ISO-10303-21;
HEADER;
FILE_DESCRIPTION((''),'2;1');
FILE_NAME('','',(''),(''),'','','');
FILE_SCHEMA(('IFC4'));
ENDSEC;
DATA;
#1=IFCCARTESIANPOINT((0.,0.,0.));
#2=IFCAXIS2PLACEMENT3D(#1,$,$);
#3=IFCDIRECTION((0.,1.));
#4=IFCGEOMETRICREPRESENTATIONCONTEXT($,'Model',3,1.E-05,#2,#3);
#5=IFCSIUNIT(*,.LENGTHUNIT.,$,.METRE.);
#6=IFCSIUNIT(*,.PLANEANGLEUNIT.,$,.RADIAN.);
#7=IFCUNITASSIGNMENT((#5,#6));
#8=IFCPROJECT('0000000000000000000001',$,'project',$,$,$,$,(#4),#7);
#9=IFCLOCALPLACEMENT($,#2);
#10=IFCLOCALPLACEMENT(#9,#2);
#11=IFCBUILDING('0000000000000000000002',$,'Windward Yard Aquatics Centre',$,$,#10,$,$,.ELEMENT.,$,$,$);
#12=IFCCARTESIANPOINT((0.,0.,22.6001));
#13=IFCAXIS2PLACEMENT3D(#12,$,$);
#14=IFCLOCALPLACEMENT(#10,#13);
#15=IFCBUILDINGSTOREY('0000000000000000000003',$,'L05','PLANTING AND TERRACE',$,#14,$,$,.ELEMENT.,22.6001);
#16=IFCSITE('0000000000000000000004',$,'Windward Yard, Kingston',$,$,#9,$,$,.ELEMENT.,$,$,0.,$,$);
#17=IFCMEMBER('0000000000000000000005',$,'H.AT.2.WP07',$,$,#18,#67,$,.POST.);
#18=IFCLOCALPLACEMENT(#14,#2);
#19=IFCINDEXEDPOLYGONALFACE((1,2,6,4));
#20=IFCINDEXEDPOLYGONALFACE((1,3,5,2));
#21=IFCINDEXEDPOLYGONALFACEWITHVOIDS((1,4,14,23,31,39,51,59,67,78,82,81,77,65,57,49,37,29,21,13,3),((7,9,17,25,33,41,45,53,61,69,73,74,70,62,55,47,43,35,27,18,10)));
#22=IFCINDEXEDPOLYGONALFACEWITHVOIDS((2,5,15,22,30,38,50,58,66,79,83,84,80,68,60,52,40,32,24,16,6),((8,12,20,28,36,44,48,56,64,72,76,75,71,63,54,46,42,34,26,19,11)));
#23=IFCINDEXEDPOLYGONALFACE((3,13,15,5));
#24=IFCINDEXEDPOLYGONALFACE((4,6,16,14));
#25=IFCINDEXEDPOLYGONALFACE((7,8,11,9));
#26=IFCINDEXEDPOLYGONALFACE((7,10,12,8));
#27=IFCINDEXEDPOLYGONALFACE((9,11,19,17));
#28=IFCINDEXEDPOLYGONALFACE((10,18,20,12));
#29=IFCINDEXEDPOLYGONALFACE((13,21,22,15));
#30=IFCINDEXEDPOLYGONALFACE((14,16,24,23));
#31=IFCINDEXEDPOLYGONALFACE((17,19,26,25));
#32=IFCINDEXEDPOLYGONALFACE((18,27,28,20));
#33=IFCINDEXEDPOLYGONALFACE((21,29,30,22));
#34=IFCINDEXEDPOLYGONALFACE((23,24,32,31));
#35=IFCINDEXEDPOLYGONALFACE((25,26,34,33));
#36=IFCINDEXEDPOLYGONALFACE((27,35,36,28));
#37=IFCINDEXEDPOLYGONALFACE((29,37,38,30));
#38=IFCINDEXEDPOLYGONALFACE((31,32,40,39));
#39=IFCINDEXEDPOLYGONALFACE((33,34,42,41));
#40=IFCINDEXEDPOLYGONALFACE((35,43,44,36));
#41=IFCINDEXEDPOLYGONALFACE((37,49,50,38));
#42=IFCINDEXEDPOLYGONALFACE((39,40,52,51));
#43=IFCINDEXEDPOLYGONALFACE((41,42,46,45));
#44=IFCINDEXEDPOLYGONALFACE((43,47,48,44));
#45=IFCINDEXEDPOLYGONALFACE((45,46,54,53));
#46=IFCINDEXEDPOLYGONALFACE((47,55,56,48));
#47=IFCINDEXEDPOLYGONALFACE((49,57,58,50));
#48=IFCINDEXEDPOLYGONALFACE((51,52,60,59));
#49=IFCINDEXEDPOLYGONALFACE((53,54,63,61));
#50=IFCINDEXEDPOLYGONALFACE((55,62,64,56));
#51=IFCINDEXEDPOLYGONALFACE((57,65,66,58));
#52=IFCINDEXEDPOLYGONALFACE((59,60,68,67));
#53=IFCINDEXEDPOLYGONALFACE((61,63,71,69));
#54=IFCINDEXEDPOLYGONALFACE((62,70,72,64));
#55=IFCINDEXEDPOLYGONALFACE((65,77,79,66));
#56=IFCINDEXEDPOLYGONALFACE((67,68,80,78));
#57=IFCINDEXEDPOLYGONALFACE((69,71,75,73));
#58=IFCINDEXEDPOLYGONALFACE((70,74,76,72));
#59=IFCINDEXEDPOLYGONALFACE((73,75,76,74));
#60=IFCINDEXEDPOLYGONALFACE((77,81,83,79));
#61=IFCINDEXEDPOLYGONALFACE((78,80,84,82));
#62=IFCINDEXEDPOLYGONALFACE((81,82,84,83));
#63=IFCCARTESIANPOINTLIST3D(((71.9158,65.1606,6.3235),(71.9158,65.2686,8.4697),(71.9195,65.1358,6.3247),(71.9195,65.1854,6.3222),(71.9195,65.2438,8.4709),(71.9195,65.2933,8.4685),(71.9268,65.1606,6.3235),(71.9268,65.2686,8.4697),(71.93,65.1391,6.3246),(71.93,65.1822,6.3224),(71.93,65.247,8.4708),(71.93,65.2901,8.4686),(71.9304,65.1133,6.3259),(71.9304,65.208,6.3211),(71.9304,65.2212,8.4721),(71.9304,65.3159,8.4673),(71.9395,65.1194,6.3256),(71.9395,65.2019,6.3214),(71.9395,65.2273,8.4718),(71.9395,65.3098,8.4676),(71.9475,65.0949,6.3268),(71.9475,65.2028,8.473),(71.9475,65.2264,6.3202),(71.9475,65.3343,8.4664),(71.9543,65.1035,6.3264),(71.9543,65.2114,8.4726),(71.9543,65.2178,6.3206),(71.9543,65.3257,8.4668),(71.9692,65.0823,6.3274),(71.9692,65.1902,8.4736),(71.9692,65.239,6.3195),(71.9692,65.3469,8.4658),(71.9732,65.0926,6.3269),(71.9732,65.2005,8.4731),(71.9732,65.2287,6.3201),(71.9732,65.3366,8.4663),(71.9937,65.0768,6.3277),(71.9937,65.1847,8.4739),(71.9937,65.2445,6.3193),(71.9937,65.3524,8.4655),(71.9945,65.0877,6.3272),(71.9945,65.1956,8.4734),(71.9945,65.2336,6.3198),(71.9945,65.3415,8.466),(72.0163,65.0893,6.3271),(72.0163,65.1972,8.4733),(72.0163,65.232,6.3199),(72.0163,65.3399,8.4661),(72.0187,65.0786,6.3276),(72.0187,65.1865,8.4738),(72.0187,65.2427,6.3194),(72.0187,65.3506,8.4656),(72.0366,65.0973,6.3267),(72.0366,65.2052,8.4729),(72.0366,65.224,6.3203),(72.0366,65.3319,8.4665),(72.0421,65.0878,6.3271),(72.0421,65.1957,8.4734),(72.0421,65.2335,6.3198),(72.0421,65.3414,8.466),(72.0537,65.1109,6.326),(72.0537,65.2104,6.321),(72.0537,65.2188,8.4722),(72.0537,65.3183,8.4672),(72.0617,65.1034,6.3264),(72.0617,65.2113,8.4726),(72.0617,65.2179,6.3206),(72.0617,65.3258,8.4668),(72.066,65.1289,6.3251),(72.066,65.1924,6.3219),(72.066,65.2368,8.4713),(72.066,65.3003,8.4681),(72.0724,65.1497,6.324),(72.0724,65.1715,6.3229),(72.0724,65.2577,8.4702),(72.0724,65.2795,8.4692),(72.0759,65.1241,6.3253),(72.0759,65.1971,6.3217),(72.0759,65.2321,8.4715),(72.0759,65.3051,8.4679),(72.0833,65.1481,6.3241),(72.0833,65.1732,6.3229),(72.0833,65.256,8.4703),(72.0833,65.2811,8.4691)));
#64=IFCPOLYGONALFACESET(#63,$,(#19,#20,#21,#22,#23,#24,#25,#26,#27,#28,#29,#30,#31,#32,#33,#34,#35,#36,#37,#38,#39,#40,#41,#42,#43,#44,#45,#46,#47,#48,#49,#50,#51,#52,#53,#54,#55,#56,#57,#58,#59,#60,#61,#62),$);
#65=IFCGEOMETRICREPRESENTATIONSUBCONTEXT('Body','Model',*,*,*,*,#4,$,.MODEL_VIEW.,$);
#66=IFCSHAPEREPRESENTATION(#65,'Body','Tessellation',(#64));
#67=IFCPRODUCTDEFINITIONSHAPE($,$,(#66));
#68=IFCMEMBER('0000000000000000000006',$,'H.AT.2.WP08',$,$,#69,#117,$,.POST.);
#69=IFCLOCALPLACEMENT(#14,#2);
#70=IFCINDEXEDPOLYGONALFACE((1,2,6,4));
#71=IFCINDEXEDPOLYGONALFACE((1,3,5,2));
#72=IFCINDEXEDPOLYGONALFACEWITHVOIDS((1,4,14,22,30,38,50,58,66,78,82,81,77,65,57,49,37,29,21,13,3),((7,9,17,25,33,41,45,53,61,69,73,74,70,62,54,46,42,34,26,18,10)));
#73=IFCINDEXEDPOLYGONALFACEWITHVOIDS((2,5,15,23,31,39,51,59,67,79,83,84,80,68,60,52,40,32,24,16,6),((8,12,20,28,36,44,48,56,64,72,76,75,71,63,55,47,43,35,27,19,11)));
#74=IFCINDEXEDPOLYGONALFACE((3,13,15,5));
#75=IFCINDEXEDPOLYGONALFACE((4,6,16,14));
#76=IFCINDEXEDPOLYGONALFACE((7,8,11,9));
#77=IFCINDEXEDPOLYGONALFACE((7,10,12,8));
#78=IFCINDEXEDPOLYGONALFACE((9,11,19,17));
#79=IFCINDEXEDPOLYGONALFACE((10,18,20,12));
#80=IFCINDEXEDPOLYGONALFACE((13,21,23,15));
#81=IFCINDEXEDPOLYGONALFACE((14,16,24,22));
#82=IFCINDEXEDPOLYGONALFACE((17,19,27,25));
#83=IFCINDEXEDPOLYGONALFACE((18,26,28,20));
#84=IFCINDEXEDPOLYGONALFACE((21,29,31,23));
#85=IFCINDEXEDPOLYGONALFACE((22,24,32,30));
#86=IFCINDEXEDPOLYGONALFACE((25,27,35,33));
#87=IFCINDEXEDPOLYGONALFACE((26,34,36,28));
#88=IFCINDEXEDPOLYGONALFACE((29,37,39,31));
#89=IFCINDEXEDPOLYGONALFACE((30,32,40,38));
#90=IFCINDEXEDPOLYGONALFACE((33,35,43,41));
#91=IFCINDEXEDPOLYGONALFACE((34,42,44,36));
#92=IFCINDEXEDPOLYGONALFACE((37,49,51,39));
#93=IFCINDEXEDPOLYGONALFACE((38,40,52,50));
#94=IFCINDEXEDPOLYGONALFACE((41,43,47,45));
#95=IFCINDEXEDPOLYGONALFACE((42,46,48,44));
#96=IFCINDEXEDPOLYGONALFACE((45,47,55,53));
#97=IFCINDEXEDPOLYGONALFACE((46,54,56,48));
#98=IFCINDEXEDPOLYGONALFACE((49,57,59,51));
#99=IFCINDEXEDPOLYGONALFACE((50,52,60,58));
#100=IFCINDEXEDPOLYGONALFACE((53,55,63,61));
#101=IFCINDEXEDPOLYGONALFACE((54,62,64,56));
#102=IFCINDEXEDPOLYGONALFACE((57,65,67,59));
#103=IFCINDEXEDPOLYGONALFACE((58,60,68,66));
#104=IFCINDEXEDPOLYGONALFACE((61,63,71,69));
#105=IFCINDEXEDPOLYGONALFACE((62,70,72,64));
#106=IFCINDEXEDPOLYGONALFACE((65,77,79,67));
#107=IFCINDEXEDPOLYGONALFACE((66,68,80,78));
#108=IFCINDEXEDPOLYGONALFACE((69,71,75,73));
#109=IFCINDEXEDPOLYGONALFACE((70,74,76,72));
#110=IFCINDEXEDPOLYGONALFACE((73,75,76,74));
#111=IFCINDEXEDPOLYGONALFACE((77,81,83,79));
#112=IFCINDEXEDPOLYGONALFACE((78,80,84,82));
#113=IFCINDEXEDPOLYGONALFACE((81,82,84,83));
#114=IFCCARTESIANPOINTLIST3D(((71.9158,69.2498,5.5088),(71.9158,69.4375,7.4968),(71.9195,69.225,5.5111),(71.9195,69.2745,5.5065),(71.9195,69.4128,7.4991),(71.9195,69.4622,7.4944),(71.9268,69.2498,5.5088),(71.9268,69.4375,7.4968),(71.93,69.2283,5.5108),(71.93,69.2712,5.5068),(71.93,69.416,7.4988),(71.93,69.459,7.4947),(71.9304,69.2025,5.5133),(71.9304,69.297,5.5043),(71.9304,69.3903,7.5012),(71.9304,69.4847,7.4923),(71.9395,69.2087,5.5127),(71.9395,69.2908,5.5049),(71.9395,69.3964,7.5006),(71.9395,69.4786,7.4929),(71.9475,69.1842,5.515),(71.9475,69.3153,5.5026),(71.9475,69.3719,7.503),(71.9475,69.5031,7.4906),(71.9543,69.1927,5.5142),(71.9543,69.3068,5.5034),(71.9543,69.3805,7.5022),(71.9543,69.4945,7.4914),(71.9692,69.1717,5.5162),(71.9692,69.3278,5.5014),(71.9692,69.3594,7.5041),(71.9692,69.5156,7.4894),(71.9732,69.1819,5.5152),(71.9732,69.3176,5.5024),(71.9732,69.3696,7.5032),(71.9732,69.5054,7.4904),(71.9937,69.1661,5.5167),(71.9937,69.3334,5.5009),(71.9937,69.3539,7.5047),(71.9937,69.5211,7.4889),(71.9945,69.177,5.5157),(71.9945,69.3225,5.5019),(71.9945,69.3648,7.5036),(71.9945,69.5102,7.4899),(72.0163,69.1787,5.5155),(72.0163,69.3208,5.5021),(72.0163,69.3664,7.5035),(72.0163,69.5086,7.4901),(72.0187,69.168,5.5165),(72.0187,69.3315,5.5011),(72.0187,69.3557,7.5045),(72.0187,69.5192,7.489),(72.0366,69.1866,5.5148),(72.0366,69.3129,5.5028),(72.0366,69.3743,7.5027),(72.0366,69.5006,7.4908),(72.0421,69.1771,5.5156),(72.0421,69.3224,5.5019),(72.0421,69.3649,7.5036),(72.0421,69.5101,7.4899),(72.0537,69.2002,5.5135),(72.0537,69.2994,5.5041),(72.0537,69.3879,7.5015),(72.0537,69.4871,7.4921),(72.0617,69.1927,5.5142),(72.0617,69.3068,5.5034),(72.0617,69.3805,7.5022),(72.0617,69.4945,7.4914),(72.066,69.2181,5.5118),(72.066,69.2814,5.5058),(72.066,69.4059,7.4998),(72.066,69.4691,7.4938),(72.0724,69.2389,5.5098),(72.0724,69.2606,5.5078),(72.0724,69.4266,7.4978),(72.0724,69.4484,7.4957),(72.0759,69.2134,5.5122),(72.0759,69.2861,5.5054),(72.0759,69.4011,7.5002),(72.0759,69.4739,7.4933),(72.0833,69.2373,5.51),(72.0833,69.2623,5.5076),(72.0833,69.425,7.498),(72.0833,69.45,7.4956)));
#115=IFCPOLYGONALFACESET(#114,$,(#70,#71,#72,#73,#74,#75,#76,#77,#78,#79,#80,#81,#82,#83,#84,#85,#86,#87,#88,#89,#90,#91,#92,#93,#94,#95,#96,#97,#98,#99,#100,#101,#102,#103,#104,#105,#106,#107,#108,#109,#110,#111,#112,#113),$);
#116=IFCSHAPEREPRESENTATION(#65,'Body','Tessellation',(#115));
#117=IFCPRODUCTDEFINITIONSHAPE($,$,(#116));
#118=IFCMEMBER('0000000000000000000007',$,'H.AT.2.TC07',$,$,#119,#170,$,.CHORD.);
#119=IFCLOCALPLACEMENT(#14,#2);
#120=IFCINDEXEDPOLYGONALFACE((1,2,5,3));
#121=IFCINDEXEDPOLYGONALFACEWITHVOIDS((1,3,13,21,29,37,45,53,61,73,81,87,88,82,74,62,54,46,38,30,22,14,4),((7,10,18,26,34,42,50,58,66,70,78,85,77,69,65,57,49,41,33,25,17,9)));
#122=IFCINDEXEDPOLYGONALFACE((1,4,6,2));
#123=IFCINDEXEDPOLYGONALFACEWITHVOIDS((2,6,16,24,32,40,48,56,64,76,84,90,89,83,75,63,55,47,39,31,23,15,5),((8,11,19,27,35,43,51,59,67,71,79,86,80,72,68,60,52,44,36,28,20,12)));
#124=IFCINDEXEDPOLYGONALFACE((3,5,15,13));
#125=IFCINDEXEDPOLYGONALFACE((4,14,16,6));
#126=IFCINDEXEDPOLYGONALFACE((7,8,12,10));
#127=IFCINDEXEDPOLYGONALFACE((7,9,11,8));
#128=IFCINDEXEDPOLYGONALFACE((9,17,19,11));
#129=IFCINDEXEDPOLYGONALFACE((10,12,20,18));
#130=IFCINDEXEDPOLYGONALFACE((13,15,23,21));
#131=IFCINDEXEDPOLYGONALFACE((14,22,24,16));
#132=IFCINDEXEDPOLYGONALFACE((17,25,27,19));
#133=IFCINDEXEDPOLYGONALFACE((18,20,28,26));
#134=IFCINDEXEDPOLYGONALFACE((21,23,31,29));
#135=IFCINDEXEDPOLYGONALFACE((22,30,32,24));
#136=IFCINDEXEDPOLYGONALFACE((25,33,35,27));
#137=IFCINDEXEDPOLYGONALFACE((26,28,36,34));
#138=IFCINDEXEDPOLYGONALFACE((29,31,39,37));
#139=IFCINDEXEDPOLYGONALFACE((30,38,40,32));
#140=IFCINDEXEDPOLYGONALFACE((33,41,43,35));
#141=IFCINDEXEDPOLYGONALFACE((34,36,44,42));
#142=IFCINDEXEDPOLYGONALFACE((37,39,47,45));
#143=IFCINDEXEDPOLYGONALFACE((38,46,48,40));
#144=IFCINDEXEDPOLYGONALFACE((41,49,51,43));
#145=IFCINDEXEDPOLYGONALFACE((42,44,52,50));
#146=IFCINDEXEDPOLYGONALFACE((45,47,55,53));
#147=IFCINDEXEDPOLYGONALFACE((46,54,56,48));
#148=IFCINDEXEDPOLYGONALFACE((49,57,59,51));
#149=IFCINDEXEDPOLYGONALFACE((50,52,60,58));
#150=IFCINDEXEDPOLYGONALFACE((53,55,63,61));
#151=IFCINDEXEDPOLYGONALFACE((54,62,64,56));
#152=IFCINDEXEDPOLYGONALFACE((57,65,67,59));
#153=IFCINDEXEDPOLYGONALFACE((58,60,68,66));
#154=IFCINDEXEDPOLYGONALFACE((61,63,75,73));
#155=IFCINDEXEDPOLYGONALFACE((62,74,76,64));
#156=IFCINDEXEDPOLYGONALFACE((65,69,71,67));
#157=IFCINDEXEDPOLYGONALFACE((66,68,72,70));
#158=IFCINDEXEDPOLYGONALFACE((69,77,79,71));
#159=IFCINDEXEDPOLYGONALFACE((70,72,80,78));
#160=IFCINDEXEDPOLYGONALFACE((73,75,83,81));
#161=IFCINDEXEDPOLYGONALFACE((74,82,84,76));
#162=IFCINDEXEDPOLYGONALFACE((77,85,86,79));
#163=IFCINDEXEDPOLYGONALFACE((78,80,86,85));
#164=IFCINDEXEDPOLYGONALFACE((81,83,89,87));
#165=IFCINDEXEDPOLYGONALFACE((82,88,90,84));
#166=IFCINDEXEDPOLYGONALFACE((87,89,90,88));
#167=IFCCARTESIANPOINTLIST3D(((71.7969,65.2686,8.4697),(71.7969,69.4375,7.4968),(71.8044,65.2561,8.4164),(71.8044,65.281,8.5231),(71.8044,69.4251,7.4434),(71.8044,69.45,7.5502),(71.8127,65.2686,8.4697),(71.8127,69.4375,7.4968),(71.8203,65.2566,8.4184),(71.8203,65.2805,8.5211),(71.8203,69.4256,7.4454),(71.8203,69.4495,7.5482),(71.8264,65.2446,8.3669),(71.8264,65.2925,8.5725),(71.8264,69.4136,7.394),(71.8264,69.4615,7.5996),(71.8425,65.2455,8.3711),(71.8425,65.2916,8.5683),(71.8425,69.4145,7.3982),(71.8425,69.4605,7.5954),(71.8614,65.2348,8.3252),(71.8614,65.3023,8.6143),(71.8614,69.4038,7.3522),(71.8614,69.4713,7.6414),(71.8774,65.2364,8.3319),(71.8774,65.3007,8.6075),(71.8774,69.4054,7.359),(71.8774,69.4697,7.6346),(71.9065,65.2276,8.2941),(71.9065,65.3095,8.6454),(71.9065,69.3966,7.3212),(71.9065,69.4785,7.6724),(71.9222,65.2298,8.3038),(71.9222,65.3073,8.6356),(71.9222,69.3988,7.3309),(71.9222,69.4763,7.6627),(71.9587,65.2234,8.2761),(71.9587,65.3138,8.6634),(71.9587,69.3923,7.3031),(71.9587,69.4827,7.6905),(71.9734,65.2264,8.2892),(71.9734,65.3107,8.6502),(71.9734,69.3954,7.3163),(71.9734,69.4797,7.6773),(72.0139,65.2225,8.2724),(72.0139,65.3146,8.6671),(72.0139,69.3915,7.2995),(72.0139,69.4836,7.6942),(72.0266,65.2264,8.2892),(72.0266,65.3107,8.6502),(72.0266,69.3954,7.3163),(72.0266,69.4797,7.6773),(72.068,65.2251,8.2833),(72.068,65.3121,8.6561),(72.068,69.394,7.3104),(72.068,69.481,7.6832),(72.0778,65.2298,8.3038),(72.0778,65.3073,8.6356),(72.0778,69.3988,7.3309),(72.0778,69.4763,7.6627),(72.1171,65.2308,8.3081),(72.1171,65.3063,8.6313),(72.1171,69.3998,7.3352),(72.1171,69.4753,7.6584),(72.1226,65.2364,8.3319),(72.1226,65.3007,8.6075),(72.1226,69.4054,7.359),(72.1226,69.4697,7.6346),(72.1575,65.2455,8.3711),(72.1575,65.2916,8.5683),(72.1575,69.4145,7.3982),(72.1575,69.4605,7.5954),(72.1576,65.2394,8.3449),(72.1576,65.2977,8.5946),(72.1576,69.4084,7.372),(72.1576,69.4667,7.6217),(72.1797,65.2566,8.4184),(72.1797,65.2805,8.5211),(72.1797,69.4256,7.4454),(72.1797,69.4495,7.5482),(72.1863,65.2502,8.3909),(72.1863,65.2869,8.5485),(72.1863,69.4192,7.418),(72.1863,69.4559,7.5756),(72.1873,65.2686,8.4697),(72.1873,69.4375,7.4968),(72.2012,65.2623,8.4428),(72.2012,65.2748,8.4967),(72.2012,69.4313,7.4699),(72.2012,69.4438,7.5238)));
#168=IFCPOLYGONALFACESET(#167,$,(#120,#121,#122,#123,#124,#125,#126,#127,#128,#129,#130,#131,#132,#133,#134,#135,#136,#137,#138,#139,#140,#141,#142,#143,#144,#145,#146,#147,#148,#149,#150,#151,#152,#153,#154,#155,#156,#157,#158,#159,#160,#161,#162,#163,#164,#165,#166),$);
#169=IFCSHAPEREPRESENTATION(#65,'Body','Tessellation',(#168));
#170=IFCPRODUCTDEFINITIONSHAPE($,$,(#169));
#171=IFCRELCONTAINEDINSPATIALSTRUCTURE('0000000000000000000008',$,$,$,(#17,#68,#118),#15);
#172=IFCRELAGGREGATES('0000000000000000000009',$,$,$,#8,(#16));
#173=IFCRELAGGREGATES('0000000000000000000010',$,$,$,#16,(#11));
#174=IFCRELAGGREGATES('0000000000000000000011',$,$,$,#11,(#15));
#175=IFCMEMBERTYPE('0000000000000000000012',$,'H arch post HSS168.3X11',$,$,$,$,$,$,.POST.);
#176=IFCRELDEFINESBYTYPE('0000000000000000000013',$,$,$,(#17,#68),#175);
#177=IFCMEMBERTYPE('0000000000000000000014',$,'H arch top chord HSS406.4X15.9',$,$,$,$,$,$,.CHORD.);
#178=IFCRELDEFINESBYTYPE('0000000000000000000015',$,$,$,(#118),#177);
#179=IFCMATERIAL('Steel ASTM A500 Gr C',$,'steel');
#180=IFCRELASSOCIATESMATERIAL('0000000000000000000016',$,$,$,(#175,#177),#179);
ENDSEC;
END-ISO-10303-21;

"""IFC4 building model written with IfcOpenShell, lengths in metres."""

from ifc_helpers import new_model, si_unit, direction, frame, origin, origin_2d, place, context, subcontext, project, spatial, hollow_circle, extrude, material, material_profile, profile_set, type_object, element, save


model = new_model("IFC4")

# Units and contexts
model_context = context("Model", 3, precision=1e-05, world=origin(), true_north=direction((0.0, 1.0)))
body_context = subcontext(model_context, "Body", "Model", "MODEL_VIEW")
ifc_project = project(units=[si_unit("LENGTHUNIT", "METRE"), si_unit("PLANEANGLEUNIT", "RADIAN")], contexts=[model_context])

# Site, building, storey
site_placement = place(None, origin())
site = spatial("IfcSite", under=ifc_project, at=site_placement, Name="Windward Yard, Kingston", CompositionType="ELEMENT", RefElevation=0.0)
building_placement = place(site_placement, origin())
building = spatial("IfcBuilding", under=site, at=building_placement, Name="Windward Yard Aquatics Centre", CompositionType="ELEMENT")
storey_placement = place(building_placement, frame((0.0, 0.0, 22.6001)))
storey = spatial("IfcBuildingStorey", under=building, at=storey_placement, Name="L05", Description="PLANTING AND TERRACE", CompositionType="ELEMENT", Elevation=22.6001)

# Members
ifc_material_1 = material(Name="Steel ASTM A500 Gr C", Category="steel")
ifc_material_profile_1 = material_profile(ifc_material_1, hollow_circle(Radius=0.0842, WallThickness=0.011, at=origin_2d()), Name="HSS168.3X11")
ifc_profile_set_1 = profile_set([ifc_material_profile_1], Name="Steel ASTM A500 Gr C")
member_type_1 = type_object("IfcMemberType", Name="H arch post HSS168.3X11", PredefinedType="POST", material=ifc_profile_set_1)
member_1_placement = place(storey_placement, frame((72.0, 65.1606, 6.3235), z_axis=(0.0, 0.050215, 0.998738), x_axis=(-1.0, 0.0, 0.0)))
element("IfcMember", 1, at=member_1_placement, inside=storey, type_object=member_type_1, Name="H.AT.2.WP07", PredefinedType="POST", context=body_context, shape_type="SweptSolid", body=[
    extrude(hollow_circle(Radius=0.0842, WallThickness=0.011, at=origin_2d()), origin(), (0.0, 0.0, 1.0), 2.1489),
])
member_2_placement = place(storey_placement, frame((72.0, 69.2498, 5.5088), z_axis=(0.0, 0.094019, 0.99557), x_axis=(-1.0, 0.0, 0.0)))
element("IfcMember", 2, at=member_2_placement, inside=storey, type_object=member_type_1, Name="H.AT.2.WP08", PredefinedType="POST", context=body_context, shape_type="SweptSolid", body=[
    extrude(hollow_circle(Radius=0.0842, WallThickness=0.011, at=origin_2d()), origin(), (0.0, 0.0, 1.0), 1.9968),
])
ifc_material_profile_2 = material_profile(ifc_material_1, hollow_circle(Radius=0.2031, WallThickness=0.0159, at=origin_2d()), Name="HSS406.4X15.9")
ifc_profile_set_2 = profile_set([ifc_material_profile_2], Name="Steel ASTM A500 Gr C")
member_type_2 = type_object("IfcMemberType", Name="H arch top chord HSS406.4X15.9", PredefinedType="CHORD", material=ifc_profile_set_2)
member_3_placement = place(storey_placement, frame((72.0, 65.2686, 8.4697), z_axis=(0.0, 0.973834, -0.227262), x_axis=(-1.0, 0.0, 0.0)))
element("IfcMember", 3, at=member_3_placement, inside=storey, type_object=member_type_2, Name="H.AT.2.TC07", PredefinedType="CHORD", context=body_context, shape_type="SweptSolid", body=[
    extrude(hollow_circle(Radius=0.2031, WallThickness=0.0159, at=origin_2d()), origin(), (0.0, 0.0, 1.0), 4.281),
])

save(model, "model.ifc")
